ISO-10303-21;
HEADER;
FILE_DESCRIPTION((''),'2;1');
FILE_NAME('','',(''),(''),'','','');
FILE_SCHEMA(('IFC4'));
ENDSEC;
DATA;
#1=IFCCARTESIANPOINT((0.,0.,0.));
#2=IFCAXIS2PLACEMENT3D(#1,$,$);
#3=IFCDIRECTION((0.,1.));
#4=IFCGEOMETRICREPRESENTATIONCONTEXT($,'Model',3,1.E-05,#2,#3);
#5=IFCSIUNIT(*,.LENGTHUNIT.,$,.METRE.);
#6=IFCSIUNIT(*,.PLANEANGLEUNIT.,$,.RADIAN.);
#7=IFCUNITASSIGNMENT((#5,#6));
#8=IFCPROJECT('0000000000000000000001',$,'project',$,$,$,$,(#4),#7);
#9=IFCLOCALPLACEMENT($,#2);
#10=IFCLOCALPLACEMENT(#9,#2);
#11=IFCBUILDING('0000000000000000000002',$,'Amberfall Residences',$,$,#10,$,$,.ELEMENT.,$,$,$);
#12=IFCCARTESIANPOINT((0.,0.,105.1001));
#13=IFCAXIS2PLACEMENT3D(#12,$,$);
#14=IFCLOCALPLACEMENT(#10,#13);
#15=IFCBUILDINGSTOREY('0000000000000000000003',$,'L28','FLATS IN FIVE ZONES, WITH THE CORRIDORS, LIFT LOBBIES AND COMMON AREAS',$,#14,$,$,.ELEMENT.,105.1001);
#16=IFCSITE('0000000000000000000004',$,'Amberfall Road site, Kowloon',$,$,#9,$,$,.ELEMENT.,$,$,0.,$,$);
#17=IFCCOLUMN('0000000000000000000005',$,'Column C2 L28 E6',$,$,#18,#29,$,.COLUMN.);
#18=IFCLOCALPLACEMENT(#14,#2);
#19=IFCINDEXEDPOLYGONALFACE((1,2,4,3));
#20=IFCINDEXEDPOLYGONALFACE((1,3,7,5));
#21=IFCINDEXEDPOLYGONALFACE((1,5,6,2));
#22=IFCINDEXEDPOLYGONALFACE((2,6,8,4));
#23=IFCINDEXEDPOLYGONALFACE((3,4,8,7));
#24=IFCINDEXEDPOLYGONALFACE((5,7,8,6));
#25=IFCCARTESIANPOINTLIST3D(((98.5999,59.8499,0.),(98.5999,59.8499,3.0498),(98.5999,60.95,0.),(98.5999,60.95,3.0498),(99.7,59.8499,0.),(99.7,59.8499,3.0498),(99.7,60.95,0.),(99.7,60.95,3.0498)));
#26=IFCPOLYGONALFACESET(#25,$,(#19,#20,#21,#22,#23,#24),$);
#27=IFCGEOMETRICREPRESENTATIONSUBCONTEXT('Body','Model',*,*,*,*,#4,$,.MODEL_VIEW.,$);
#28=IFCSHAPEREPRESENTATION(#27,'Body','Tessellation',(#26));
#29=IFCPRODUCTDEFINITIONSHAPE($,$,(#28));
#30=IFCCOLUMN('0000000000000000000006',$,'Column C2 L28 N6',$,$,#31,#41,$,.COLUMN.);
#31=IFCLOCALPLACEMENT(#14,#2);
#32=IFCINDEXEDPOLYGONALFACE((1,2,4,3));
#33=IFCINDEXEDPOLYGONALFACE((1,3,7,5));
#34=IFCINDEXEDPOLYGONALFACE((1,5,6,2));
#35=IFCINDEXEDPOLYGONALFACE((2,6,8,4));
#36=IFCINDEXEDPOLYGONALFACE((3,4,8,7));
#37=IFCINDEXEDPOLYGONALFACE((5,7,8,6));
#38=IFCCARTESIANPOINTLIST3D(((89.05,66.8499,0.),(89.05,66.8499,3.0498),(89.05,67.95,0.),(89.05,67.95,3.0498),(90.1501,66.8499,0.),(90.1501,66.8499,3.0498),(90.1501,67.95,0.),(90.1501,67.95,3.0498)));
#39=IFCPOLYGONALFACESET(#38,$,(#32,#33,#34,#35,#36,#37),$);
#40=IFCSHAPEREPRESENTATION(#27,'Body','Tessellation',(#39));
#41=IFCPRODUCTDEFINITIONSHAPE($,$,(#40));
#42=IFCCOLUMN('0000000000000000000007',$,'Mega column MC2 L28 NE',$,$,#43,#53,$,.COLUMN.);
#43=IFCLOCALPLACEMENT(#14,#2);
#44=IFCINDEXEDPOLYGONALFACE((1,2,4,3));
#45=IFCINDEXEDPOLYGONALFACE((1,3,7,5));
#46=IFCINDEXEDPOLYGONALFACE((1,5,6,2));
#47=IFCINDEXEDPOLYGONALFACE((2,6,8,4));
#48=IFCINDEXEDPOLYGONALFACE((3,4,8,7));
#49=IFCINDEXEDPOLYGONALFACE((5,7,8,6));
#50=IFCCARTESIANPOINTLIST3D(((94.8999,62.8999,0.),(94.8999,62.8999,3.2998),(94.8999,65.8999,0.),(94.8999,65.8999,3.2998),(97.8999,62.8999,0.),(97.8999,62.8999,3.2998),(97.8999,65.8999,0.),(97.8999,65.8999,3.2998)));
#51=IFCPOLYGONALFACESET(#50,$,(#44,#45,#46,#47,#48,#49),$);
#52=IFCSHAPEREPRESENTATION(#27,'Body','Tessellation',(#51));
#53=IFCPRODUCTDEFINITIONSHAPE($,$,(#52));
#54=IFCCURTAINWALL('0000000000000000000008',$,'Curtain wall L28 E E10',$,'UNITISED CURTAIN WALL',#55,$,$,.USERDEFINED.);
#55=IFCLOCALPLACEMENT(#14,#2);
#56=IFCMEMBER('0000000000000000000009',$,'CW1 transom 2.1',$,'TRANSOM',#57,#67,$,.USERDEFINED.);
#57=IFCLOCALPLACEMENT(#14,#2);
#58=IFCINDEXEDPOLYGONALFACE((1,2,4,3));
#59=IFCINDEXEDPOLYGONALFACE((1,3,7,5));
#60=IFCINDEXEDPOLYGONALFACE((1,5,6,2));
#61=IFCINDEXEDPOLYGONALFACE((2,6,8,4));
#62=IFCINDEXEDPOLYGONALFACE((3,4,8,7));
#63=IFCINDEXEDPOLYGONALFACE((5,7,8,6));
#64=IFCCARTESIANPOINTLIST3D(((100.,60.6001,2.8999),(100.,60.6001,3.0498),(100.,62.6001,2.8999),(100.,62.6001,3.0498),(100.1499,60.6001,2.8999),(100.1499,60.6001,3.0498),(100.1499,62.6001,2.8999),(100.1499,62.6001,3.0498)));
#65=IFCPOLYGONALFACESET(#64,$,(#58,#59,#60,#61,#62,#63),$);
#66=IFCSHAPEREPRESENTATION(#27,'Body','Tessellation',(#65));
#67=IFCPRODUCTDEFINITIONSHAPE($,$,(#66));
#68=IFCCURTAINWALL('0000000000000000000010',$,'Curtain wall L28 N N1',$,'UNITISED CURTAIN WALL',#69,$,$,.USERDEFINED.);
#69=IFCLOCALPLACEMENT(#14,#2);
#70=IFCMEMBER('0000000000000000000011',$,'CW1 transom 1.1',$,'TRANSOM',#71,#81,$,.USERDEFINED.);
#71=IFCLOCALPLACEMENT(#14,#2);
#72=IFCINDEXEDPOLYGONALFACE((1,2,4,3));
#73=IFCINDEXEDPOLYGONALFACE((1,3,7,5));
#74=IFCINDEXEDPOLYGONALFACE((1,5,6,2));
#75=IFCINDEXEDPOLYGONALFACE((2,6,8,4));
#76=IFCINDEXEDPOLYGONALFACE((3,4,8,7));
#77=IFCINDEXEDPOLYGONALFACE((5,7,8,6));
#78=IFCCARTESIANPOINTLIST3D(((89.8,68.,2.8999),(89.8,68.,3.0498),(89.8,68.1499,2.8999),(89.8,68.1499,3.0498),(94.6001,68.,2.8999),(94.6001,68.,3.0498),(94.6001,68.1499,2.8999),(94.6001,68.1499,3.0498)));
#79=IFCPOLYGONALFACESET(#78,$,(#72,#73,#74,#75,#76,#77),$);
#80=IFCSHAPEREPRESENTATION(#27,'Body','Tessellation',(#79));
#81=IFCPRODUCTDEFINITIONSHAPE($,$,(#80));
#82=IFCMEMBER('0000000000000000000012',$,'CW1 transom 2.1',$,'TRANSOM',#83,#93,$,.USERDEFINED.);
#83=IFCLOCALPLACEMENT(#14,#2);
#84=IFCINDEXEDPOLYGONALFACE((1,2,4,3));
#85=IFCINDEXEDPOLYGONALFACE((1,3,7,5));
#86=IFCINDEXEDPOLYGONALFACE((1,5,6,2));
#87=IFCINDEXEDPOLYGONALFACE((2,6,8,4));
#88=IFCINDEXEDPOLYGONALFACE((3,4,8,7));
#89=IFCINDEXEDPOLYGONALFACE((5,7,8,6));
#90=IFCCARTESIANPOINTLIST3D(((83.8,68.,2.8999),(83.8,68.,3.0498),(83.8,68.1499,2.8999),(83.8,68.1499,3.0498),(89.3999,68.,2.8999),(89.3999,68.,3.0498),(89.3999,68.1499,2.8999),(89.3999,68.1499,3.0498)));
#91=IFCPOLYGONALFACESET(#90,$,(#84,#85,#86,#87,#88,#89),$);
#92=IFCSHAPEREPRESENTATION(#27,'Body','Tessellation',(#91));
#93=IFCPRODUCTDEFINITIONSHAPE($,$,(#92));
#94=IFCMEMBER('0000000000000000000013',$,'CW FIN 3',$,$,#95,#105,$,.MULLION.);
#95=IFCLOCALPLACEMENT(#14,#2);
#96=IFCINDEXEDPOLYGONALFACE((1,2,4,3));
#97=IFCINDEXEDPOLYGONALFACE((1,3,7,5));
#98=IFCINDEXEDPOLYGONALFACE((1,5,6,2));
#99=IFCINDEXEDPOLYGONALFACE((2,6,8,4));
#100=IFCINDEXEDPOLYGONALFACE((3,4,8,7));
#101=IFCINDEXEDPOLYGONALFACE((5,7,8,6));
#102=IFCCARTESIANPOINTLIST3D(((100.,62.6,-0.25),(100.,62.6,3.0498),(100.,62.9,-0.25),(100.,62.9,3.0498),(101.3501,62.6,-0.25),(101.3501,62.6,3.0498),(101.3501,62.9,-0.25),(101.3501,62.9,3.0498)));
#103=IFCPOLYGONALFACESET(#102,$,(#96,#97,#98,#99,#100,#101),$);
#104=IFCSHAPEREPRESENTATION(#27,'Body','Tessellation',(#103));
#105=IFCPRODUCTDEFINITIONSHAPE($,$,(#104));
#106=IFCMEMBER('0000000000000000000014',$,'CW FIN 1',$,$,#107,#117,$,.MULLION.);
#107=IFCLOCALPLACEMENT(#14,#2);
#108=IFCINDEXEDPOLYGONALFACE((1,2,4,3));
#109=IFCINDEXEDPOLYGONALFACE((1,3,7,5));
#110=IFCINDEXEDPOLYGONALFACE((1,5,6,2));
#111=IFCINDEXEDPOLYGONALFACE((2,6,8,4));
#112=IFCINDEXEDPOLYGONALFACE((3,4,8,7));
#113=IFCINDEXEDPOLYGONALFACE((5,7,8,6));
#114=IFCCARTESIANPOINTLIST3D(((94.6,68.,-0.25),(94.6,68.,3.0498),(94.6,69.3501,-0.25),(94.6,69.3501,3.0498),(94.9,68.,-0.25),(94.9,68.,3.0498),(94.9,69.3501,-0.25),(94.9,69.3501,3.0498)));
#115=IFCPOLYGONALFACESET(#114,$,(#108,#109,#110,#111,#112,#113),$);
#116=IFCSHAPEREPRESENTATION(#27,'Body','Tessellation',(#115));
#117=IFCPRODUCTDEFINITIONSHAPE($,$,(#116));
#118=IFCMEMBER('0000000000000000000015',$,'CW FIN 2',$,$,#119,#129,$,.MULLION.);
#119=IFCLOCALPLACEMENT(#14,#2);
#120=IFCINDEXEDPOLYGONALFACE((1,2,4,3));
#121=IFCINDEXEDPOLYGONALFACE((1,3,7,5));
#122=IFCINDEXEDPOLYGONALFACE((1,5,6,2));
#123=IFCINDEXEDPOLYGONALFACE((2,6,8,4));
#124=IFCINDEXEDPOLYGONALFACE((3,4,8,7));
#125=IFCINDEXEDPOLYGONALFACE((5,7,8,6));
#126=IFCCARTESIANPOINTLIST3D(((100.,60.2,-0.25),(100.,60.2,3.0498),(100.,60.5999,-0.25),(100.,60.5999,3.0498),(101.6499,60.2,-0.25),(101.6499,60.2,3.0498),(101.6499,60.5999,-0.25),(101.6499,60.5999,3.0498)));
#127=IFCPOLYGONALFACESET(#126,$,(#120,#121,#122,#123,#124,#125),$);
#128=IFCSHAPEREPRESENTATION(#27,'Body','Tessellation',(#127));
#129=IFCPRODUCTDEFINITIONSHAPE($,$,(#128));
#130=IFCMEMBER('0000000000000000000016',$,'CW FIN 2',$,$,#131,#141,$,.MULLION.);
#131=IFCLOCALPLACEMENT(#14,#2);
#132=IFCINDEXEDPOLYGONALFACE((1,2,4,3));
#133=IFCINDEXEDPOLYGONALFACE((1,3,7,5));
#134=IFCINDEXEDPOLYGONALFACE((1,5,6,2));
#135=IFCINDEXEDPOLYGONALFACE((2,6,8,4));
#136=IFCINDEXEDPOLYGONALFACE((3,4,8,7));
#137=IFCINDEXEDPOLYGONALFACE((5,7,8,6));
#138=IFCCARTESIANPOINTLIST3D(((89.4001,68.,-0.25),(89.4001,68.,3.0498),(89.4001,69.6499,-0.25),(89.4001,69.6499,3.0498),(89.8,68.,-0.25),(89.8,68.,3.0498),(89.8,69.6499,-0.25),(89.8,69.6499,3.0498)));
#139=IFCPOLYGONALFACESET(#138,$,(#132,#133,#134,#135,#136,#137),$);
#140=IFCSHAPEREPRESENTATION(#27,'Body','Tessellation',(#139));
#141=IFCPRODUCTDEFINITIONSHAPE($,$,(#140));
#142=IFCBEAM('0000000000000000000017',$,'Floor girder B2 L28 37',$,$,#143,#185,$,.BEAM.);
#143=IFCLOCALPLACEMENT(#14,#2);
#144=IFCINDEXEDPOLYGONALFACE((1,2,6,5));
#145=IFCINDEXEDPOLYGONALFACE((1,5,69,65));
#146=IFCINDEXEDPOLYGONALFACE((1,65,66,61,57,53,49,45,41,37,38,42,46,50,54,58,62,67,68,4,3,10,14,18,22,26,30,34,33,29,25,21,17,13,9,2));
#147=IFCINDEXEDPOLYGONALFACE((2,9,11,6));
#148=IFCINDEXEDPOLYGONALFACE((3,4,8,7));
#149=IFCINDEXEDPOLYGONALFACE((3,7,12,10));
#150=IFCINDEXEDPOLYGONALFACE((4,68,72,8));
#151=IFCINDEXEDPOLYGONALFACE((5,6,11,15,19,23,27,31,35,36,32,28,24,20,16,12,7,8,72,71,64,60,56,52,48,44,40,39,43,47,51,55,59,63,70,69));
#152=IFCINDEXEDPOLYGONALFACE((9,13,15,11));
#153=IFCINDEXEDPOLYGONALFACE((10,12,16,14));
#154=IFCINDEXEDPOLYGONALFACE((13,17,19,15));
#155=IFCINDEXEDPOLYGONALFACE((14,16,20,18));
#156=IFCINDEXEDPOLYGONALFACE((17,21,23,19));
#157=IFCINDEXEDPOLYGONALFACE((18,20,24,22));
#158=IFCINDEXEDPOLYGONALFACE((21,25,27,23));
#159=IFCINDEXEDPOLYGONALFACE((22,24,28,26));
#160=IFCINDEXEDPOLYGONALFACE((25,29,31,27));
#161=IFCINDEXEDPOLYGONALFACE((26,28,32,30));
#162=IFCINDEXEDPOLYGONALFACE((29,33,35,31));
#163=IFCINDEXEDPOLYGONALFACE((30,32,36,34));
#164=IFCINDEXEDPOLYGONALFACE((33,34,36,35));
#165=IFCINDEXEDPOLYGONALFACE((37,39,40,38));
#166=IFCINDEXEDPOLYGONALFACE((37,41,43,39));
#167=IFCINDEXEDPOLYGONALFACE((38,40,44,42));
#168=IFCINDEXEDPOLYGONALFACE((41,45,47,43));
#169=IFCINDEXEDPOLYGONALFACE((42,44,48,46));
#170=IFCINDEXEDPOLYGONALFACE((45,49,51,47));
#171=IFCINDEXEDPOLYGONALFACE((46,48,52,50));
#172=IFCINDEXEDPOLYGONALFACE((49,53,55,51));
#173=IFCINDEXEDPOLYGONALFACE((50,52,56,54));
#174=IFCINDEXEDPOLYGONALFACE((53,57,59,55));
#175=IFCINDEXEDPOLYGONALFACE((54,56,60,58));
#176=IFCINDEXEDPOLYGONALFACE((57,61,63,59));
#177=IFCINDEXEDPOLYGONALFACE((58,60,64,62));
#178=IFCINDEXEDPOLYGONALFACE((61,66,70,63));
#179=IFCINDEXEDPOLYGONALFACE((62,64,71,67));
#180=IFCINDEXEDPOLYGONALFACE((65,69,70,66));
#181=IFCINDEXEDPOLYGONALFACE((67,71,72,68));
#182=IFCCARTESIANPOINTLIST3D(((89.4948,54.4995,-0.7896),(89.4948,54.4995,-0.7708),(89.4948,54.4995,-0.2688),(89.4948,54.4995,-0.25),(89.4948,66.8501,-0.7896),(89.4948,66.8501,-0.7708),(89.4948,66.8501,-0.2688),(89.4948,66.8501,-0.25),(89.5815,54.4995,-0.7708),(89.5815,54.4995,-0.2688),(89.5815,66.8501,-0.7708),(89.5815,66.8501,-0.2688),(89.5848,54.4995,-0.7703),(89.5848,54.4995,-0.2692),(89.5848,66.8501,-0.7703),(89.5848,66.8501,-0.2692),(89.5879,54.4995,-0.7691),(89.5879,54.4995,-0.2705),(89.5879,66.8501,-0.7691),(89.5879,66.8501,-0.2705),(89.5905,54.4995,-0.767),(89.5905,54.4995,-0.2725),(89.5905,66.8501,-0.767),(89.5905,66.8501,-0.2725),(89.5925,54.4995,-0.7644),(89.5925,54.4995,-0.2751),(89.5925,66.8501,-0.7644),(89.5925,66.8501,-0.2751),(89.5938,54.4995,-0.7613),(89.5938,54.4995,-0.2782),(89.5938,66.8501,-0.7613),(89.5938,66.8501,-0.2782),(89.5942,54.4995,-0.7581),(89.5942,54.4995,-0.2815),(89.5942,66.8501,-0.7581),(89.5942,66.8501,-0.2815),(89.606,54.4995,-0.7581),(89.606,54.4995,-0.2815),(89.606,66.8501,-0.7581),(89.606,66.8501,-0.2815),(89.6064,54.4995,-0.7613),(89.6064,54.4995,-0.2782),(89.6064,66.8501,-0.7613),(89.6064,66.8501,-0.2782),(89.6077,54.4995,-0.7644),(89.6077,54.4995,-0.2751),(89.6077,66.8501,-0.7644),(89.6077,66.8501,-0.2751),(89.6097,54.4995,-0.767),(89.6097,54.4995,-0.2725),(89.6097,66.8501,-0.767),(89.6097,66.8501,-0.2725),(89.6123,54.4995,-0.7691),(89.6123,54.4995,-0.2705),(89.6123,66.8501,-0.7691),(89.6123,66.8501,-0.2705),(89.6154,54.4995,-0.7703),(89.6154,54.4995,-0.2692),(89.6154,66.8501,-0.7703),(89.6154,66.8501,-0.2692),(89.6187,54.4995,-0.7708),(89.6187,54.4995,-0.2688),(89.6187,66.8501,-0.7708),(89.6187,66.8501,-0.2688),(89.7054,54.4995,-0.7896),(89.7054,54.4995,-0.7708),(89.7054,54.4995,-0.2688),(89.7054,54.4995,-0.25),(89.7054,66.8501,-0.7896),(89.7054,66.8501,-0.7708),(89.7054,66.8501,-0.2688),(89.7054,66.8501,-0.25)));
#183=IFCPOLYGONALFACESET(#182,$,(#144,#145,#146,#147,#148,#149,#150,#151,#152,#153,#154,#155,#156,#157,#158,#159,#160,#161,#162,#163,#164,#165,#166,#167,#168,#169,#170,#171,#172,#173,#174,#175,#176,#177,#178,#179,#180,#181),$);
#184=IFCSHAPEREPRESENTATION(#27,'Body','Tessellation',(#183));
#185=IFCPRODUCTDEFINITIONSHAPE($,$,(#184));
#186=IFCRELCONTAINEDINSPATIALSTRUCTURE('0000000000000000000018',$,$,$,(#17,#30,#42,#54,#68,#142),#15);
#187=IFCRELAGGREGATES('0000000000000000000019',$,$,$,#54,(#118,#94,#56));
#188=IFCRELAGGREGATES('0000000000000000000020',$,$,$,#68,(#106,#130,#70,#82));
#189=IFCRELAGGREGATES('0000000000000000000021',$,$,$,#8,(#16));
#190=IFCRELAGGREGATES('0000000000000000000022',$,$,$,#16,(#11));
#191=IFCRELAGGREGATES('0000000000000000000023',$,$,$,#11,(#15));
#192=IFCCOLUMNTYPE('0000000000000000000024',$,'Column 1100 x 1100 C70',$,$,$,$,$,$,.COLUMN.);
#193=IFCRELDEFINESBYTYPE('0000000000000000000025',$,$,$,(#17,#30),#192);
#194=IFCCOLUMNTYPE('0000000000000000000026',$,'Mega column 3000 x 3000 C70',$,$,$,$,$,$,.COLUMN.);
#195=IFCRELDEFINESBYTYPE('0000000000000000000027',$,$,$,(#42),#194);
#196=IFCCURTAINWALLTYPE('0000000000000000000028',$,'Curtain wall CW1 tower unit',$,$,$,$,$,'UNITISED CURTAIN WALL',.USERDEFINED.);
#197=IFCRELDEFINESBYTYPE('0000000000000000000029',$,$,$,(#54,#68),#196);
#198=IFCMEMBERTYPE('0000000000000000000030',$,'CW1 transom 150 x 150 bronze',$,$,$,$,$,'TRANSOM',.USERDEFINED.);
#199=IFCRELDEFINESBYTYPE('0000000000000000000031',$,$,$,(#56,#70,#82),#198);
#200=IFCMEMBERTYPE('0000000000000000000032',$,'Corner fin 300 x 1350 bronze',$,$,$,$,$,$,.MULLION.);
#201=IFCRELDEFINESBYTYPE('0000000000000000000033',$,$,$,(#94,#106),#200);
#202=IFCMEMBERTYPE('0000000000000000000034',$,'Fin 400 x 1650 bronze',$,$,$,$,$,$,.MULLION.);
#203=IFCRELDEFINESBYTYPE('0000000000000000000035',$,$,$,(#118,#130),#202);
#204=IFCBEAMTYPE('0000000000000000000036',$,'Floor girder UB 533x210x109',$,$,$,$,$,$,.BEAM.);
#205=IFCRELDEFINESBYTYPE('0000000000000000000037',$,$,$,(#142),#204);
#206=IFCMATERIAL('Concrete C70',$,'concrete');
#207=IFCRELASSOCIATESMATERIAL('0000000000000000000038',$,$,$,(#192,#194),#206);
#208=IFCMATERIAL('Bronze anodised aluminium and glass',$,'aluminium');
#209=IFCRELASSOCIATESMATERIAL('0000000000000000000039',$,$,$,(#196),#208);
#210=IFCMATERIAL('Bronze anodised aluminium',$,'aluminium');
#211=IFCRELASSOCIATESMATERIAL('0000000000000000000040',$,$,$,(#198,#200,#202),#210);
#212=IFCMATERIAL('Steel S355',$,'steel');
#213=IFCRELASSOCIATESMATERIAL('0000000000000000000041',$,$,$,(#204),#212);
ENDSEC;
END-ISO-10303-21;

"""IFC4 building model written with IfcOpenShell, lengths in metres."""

from ifc_helpers import new_model, si_unit, direction, frame, origin, origin_2d, place, context, subcontext, project, spatial, rectangle, i_section, extrude, material, material_profile, profile_set, type_object, element, aggregate, save


model = new_model("IFC4")

# Units and contexts
model_context = context("Model", 3, precision=1e-05, world=origin(), true_north=direction((0.0, 1.0)))
body_context = subcontext(model_context, "Body", "Model", "MODEL_VIEW")
ifc_project = project(units=[si_unit("LENGTHUNIT", "METRE"), si_unit("PLANEANGLEUNIT", "RADIAN")], contexts=[model_context])

# Site, building, storey
site_placement = place(None, origin())
site = spatial("IfcSite", under=ifc_project, at=site_placement, Name="Amberfall Road site, Kowloon", CompositionType="ELEMENT", RefElevation=0.0)
building_placement = place(site_placement, origin())
building = spatial("IfcBuilding", under=site, at=building_placement, Name="Amberfall Residences", CompositionType="ELEMENT")
storey_placement = place(building_placement, frame((0.0, 0.0, 105.1001)))
storey = spatial("IfcBuildingStorey", under=building, at=storey_placement, Name="L28", Description="FLATS IN FIVE ZONES, WITH THE CORRIDORS, LIFT LOBBIES AND COMMON AREAS", CompositionType="ELEMENT", Elevation=105.1001)

# Columns
ifc_material_1 = material(Name="Concrete C70", Category="concrete")
ifc_material_profile_1 = material_profile(ifc_material_1, rectangle(XDim=1.1001, YDim=1.1001, at=origin_2d()), Name="Column 1100 x 1100 C70")
ifc_profile_set_1 = profile_set([ifc_material_profile_1], Name="Concrete C70")
column_type_1 = type_object("IfcColumnType", Name="Column 1100 x 1100 C70", PredefinedType="COLUMN", material=ifc_profile_set_1)
for number, where, z_axis, x_axis, name in (
    (1, (99.1499, 60.3999, 0.0), (0.0, 0.0, 1.0), (1.0, 0.0, 0.0), "Column C2 L28 E6"),
    (2, (89.6001, 67.3999, 0.0), (0.0, 0.0, 1.0), (1.0, 0.0, 0.0), "Column C2 L28 N6"),
):
    element("IfcColumn", number, at=place(storey_placement, frame(where, z_axis=z_axis, x_axis=x_axis)), inside=storey, type_object=column_type_1, Name=name, PredefinedType="COLUMN", context=body_context, shape_type="SweptSolid", body=[
        extrude(rectangle(XDim=1.1001, YDim=1.1001, at=origin_2d()), origin(), (0.0, 0.0, 1.0), 3.0498),
    ])
ifc_material_profile_2 = material_profile(ifc_material_1, rectangle(XDim=3.0, YDim=3.0, at=origin_2d()), Name="Mega column 3000 x 3000 C70")
ifc_profile_set_2 = profile_set([ifc_material_profile_2], Name="Concrete C70")
column_type_2 = type_object("IfcColumnType", Name="Mega column 3000 x 3000 C70", PredefinedType="COLUMN", material=ifc_profile_set_2)
column_placement = place(storey_placement, frame((96.3999, 64.3999, 0.0), z_axis=(0.0, 0.0, 1.0), x_axis=(1.0, 0.0, 0.0)))
element("IfcColumn", 3, at=column_placement, inside=storey, type_object=column_type_2, Name="Mega column MC2 L28 NE", PredefinedType="COLUMN", context=body_context, shape_type="SweptSolid", body=[
    extrude(rectangle(XDim=3.0, YDim=3.0, at=origin_2d()), origin(), (0.0, 0.0, 1.0), 3.2998),
])

# Curtain wall, member
ifc_material_2 = material(Name="Bronze anodised aluminium and glass", Category="aluminium")
curtain_wall_type = type_object("IfcCurtainWallType", Name="Curtain wall CW1 tower unit", ElementType="UNITISED CURTAIN WALL", PredefinedType="USERDEFINED", material=ifc_material_2)
curtain_wall_1_placement = place(storey_placement, origin())
curtain_wall_1 = element("IfcCurtainWall", 4, at=curtain_wall_1_placement, inside=storey, type_object=curtain_wall_type, Name="Curtain wall L28 E E10", ObjectType="UNITISED CURTAIN WALL", PredefinedType="USERDEFINED")
ifc_material_3 = material(Name="Bronze anodised aluminium", Category="aluminium")
ifc_material_profile_3 = material_profile(ifc_material_3, rectangle(XDim=0.1499, YDim=0.1499, at=origin_2d()), Name="CW1 transom 150 x 150 bronze")
ifc_profile_set_3 = profile_set([ifc_material_profile_3], Name="Bronze anodised aluminium")
member_type_1 = type_object("IfcMemberType", Name="CW1 transom 150 x 150 bronze", ElementType="TRANSOM", PredefinedType="USERDEFINED", material=ifc_profile_set_3)
member_1_placement = place(storey_placement, frame((100.075, 60.6001, 2.9749), z_axis=(0.0, 1.0, 0.0), x_axis=(-1.0, 0.0, 0.0)))
member_1 = element("IfcMember", 5, at=member_1_placement, type_object=member_type_1, Name="CW1 transom 2.1", ObjectType="TRANSOM", PredefinedType="USERDEFINED", context=body_context, shape_type="SweptSolid", body=[
    extrude(rectangle(XDim=0.1499, YDim=0.1499, at=origin_2d()), origin(), (0.0, 0.0, 1.0), 2.0),
])

# Curtain wall, members
curtain_wall_2_placement = place(storey_placement, origin())
curtain_wall_2 = element("IfcCurtainWall", 6, at=curtain_wall_2_placement, inside=storey, type_object=curtain_wall_type, Name="Curtain wall L28 N N1", ObjectType="UNITISED CURTAIN WALL", PredefinedType="USERDEFINED")
member_2_placement = place(storey_placement, frame((94.6001, 68.075, 2.9749), z_axis=(-1.0, 0.0, 0.0), x_axis=(0.0, -1.0, 0.0)))
member_2 = element("IfcMember", 7, at=member_2_placement, type_object=member_type_1, Name="CW1 transom 1.1", ObjectType="TRANSOM", PredefinedType="USERDEFINED", context=body_context, shape_type="SweptSolid", body=[
    extrude(rectangle(XDim=0.1499, YDim=0.1499, at=origin_2d()), origin(), (0.0, 0.0, 1.0), 4.8),
])
member_3_placement = place(storey_placement, frame((89.3999, 68.075, 2.9749), z_axis=(-1.0, 0.0, 0.0), x_axis=(0.0, -1.0, 0.0)))
member_3 = element("IfcMember", 8, at=member_3_placement, type_object=member_type_1, Name="CW1 transom 2.1", ObjectType="TRANSOM", PredefinedType="USERDEFINED", context=body_context, shape_type="SweptSolid", body=[
    extrude(rectangle(XDim=0.1499, YDim=0.1499, at=origin_2d()), origin(), (0.0, 0.0, 1.0), 5.5999),
])

# Members
ifc_material_profile_4 = material_profile(ifc_material_3, rectangle(XDim=1.3501, YDim=0.3, at=origin_2d()), Name="Corner fin 300 x 1350 bronze")
ifc_profile_set_4 = profile_set([ifc_material_profile_4], Name="Bronze anodised aluminium")
member_type_2 = type_object("IfcMemberType", Name="Corner fin 300 x 1350 bronze", PredefinedType="MULLION", material=ifc_profile_set_4)
member_4_placement = place(storey_placement, frame((100.675, 62.75, -0.25), z_axis=(0.0, 0.0, 1.0), x_axis=(-1.0, 0.0, 0.0)))
member_4 = element("IfcMember", 9, at=member_4_placement, type_object=member_type_2, Name="CW FIN 3", PredefinedType="MULLION", context=body_context, shape_type="SweptSolid", body=[
    extrude(rectangle(XDim=1.3501, YDim=0.3, at=origin_2d()), origin(), (0.0, 0.0, 1.0), 3.2998),
])
member_5_placement = place(storey_placement, frame((94.75, 68.675, -0.25), z_axis=(0.0, 0.0, 1.0), x_axis=(0.0, -1.0, 0.0)))
member_5 = element("IfcMember", 10, at=member_5_placement, type_object=member_type_2, Name="CW FIN 1", PredefinedType="MULLION", context=body_context, shape_type="SweptSolid", body=[
    extrude(rectangle(XDim=1.3501, YDim=0.3, at=origin_2d()), origin(), (0.0, 0.0, 1.0), 3.2998),
])
ifc_material_profile_5 = material_profile(ifc_material_3, rectangle(XDim=1.6499, YDim=0.3999, at=origin_2d()), Name="Fin 400 x 1650 bronze")
ifc_profile_set_5 = profile_set([ifc_material_profile_5], Name="Bronze anodised aluminium")
member_type_3 = type_object("IfcMemberType", Name="Fin 400 x 1650 bronze", PredefinedType="MULLION", material=ifc_profile_set_5)
member_6_placement = place(storey_placement, frame((100.825, 60.3999, -0.25), z_axis=(0.0, 0.0, 1.0), x_axis=(-1.0, 0.0, 0.0)))
member_6 = element("IfcMember", 11, at=member_6_placement, type_object=member_type_3, Name="CW FIN 2", PredefinedType="MULLION", context=body_context, shape_type="SweptSolid", body=[
    extrude(rectangle(XDim=1.6499, YDim=0.3999, at=origin_2d()), origin(), (0.0, 0.0, 1.0), 3.2998),
])
member_7_placement = place(storey_placement, frame((89.6001, 68.825, -0.25), z_axis=(0.0, 0.0, 1.0), x_axis=(0.0, -1.0, 0.0)))
member_7 = element("IfcMember", 12, at=member_7_placement, type_object=member_type_3, Name="CW FIN 2", PredefinedType="MULLION", context=body_context, shape_type="SweptSolid", body=[
    extrude(rectangle(XDim=1.6499, YDim=0.3999, at=origin_2d()), origin(), (0.0, 0.0, 1.0), 3.2998),
])

# Beam
ifc_material_4 = material(Name="Steel S355", Category="steel")
ifc_material_profile_6 = material_profile(ifc_material_4, i_section(OverallWidth=0.2107, OverallDepth=0.5396, WebThickness=0.0117, FlangeThickness=0.0188, FilletRadius=0.0127, at=origin_2d()), Name="UB 533x210x109")
ifc_profile_set_6 = profile_set([ifc_material_profile_6], Name="Steel S355")
beam_type_1 = type_object("IfcBeamType", Name="Floor girder UB 533x210x109", PredefinedType="BEAM", material=ifc_profile_set_6)
beam_1_placement = place(storey_placement, frame((89.6001, 66.8501, -0.5198), z_axis=(0.0, -1.0, 0.0), x_axis=(1.0, 0.0, 0.0)))
element("IfcBeam", 13, at=beam_1_placement, inside=storey, type_object=beam_type_1, Name="Floor girder B2 L28 37", PredefinedType="BEAM", context=body_context, shape_type="SweptSolid", body=[
    extrude(i_section(OverallWidth=0.2107, OverallDepth=0.5396, WebThickness=0.0117, FlangeThickness=0.0188, FilletRadius=0.0127, at=origin_2d()), origin(), (0.0, 0.0, 1.0), 12.3506),
])

aggregate(curtain_wall_1, [member_6, member_4, member_1])
aggregate(curtain_wall_2, [member_5, member_7, member_2, member_3])

save(model, "model.ifc")
